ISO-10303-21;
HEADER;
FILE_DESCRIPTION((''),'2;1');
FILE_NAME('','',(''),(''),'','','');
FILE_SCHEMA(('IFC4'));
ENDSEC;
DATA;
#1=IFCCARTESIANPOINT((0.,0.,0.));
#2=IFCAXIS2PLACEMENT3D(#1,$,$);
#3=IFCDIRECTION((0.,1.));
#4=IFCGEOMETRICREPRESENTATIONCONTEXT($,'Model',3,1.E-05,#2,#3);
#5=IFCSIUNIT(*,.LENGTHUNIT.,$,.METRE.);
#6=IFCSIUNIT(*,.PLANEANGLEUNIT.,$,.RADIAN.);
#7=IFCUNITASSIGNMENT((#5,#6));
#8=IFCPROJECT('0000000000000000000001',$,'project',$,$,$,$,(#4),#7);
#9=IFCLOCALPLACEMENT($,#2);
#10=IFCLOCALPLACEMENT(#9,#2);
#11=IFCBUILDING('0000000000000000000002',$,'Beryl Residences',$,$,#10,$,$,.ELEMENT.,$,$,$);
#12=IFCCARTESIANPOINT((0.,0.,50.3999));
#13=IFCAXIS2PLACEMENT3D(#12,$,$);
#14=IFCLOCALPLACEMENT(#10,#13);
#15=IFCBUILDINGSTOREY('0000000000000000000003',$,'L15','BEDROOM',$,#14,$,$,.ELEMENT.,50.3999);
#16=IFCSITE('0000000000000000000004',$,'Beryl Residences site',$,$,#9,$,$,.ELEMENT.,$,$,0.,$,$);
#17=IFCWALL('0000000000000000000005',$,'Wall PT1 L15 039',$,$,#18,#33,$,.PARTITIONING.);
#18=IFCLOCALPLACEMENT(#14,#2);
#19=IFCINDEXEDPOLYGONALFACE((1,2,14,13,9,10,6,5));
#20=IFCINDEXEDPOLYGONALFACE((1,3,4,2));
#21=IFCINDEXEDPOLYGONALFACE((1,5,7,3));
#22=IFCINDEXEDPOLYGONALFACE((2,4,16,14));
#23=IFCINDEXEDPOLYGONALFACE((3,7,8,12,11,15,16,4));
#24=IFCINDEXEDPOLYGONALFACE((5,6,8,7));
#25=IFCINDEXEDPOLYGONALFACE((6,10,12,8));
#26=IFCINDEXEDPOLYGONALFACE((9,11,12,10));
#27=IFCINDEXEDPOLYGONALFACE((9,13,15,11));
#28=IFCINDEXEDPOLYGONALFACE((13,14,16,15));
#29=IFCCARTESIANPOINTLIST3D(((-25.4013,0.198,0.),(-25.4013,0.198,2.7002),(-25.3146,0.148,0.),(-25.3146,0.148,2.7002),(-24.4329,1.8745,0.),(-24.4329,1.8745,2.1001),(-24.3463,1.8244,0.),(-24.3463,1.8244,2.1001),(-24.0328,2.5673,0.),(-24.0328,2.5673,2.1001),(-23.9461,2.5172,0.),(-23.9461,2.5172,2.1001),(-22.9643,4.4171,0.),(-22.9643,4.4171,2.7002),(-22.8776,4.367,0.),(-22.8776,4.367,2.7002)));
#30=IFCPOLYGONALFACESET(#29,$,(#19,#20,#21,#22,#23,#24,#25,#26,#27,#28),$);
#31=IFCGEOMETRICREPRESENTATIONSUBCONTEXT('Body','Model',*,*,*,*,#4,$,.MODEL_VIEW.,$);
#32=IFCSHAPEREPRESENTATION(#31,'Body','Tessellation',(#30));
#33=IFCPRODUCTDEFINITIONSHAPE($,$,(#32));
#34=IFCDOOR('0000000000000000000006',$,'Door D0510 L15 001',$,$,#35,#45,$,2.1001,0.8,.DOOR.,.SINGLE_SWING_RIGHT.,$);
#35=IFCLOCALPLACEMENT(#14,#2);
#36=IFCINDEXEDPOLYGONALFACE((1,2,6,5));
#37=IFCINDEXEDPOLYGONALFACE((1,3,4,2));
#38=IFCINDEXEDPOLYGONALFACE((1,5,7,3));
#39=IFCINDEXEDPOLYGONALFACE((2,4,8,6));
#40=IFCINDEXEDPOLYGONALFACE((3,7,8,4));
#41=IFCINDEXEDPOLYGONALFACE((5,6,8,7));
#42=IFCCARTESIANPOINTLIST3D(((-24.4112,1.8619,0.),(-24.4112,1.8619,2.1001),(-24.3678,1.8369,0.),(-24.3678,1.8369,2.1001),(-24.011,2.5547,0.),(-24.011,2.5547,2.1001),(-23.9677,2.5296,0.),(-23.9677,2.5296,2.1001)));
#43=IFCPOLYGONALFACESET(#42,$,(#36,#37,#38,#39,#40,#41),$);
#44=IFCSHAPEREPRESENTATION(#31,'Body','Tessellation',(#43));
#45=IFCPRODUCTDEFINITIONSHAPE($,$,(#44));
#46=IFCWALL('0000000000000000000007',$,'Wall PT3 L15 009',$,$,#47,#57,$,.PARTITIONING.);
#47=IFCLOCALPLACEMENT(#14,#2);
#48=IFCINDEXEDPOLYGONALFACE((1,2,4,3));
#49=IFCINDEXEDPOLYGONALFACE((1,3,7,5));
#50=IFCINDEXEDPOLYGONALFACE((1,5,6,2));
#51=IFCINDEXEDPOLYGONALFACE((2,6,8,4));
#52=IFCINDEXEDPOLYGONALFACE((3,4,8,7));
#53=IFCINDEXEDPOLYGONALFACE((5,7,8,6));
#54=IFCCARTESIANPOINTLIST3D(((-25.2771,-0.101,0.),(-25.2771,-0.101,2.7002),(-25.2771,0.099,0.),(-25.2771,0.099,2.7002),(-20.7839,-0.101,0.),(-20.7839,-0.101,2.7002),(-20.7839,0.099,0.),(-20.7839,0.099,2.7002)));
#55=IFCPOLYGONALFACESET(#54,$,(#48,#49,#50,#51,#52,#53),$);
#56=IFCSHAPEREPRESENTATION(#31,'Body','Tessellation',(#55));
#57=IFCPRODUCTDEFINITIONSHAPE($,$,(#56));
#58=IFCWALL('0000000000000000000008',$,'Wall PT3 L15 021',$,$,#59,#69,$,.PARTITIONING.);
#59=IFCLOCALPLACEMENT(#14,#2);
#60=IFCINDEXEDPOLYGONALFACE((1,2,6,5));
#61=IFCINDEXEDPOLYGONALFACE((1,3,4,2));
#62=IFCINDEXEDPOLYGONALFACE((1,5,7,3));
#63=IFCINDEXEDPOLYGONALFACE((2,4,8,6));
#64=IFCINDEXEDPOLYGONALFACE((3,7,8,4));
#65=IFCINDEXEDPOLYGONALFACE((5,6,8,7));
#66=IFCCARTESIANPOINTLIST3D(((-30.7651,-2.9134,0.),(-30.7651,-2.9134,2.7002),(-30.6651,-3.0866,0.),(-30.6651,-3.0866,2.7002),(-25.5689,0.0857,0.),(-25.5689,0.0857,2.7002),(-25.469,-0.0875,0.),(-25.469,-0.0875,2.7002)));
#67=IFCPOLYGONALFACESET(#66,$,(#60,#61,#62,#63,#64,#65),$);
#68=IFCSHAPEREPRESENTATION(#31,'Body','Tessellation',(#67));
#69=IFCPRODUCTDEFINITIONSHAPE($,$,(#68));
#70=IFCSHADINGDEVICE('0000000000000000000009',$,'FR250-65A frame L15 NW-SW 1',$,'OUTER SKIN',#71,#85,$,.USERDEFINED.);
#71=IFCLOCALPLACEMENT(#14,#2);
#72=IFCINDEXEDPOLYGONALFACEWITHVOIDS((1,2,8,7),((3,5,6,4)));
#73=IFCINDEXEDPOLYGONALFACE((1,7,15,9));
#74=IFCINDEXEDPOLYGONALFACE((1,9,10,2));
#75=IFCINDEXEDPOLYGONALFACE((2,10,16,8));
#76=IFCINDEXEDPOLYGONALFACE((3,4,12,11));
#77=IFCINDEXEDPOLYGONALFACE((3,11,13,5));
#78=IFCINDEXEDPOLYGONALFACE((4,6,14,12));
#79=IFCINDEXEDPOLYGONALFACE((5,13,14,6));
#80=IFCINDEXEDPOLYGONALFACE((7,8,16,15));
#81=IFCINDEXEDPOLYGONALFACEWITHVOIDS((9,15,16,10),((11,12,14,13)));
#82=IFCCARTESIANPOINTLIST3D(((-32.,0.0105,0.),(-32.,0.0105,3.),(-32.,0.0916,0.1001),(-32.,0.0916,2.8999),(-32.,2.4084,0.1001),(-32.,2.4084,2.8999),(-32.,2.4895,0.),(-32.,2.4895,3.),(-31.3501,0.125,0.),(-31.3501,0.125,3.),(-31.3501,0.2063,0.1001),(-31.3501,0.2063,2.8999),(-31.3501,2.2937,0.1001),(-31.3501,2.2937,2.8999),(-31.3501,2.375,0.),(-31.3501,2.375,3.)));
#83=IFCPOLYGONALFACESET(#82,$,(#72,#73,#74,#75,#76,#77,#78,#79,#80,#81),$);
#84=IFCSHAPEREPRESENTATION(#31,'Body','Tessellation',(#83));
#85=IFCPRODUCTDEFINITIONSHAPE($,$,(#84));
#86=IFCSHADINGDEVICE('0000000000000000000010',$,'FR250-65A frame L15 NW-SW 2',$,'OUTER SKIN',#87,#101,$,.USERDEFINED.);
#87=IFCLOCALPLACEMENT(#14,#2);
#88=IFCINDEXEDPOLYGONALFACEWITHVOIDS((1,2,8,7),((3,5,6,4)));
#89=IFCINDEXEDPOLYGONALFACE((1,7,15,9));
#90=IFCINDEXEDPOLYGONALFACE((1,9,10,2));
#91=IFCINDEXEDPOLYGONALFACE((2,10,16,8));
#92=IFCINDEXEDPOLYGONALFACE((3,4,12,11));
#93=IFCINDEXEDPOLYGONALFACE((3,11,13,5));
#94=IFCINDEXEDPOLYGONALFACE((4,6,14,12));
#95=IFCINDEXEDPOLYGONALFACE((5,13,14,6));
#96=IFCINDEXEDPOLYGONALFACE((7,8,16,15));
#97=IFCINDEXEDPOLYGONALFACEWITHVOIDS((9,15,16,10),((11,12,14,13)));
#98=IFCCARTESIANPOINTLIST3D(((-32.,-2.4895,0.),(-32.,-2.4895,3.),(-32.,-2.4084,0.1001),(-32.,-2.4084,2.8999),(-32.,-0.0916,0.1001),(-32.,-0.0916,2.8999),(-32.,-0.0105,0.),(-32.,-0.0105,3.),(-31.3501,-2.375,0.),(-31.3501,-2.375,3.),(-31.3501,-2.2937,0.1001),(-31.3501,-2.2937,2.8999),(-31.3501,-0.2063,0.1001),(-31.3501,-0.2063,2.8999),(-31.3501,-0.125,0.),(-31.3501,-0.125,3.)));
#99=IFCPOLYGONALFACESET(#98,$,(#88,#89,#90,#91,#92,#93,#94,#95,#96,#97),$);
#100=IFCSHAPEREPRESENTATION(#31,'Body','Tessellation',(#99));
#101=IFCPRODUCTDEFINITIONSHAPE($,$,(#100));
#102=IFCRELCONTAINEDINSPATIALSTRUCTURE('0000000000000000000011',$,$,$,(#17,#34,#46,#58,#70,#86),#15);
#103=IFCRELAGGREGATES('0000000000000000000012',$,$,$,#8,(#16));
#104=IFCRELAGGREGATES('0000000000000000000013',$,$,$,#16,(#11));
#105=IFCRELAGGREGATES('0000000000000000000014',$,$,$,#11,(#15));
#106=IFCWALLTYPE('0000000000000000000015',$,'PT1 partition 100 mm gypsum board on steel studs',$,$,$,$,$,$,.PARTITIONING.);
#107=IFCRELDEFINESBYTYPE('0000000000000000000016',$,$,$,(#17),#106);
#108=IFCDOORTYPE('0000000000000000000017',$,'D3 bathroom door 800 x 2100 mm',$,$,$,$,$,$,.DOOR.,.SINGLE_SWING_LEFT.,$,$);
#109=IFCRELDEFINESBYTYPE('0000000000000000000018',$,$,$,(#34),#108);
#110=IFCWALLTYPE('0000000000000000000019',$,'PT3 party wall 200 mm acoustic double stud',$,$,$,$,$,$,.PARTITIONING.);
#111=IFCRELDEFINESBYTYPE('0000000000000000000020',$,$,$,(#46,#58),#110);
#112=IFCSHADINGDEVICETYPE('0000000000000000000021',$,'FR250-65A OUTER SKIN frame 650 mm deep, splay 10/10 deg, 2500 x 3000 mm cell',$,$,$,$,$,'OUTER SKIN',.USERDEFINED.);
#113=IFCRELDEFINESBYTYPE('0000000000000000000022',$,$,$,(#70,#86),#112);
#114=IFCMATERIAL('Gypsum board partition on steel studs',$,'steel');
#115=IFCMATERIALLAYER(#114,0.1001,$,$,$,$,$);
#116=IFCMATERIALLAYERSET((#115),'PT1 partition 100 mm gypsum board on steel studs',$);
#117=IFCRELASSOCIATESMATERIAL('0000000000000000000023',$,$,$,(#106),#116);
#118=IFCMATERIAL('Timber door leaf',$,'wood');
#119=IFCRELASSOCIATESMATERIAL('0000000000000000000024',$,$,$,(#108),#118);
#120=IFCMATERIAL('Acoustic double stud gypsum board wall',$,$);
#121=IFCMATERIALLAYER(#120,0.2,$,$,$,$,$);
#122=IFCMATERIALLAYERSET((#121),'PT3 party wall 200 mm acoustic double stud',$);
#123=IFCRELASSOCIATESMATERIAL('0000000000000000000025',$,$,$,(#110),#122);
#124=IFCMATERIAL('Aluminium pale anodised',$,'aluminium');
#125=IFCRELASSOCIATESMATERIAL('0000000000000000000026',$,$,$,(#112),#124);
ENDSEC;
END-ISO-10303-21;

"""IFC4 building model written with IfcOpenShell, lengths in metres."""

from ifc_helpers import new_model, entity, si_unit, direction, frame, frame_2d, origin, place, context, subcontext, project, spatial, rectangle, extrude, source, transform, mapped, material, layer, layer_set, type_object, type_shapes, element, fill, save


model = new_model("IFC4")

# Units and contexts
model_context = context("Model", 3, precision=1e-05, world=origin(), true_north=direction((0.0, 1.0)))
body_context = subcontext(model_context, "Body", "Model", "MODEL_VIEW")
ifc_project = project(units=[si_unit("LENGTHUNIT", "METRE"), si_unit("PLANEANGLEUNIT", "RADIAN")], contexts=[model_context])

# Site, building, storey
site_placement = place(None, origin())
site = spatial("IfcSite", under=ifc_project, at=site_placement, Name="Beryl Residences site", CompositionType="ELEMENT", RefElevation=0.0)
building_placement = place(site_placement, origin())
building = spatial("IfcBuilding", under=site, at=building_placement, Name="Beryl Residences", CompositionType="ELEMENT")
storey_placement = place(building_placement, frame((0.0, 0.0, 50.3999)))
storey = spatial("IfcBuildingStorey", under=building, at=storey_placement, Name="L15", Description="BEDROOM", CompositionType="ELEMENT", Elevation=50.3999)

# Wall, opening, door
ifc_material_1 = material(Name="Gypsum board partition on steel studs", Category="steel")
ifc_layer_1 = layer(ifc_material_1, 0.1001)
ifc_layer_set_1 = layer_set([ifc_layer_1], Name="PT1 partition 100 mm gypsum board on steel studs")
wall_type_1 = type_object("IfcWallType", Name="PT1 partition 100 mm gypsum board on steel studs", PredefinedType="PARTITIONING", material=ifc_layer_set_1)
ifc_material_2 = material(Name="Timber door leaf", Category="wood")
door_type = type_object("IfcDoorType", Name="D3 bathroom door 800 x 2100 mm", OperationType="SINGLE_SWING_LEFT", PredefinedType="DOOR", material=ifc_material_2)
wall_1_placement = place(storey_placement, frame((-25.3579, 0.1731, 0.0), z_axis=(0.0, 0.0, 1.0), x_axis=(0.500181, 0.865921, 0.0)))
wall_1 = element("IfcWall", 1, at=wall_1_placement, inside=storey, type_object=wall_type_1, Name="Wall PT1 L15 039", PredefinedType="PARTITIONING", context=body_context, shape_type="SweptSolid", body=[
    extrude(rectangle(XDim=4.8723, YDim=0.1001, at=frame_2d((2.436, 0.0))), origin(), (0.0, 0.0, 1.0), 2.7002),
])
opening_1_placement = place(wall_1_placement, frame((1.936, 0.0, 0.0)))
opening_1 = element("IfcOpeningElement", 2, at=opening_1_placement, cuts=wall_1, PredefinedType="OPENING", context=body_context, shape_type="SweptSolid", body=[
    extrude(rectangle(XDim=0.8, YDim=2.1001, at=frame_2d((0.3999, 1.05))), frame((0.0, 0.0601, 0.0), z_axis=(0.0, -1.0, 0.0), x_axis=(1.0, 0.0, 0.0)), (0.0, 0.0, 1.0), 0.1201),
])
door_1_placement = place(opening_1_placement, origin())
door_1 = element("IfcDoor", 3, at=door_1_placement, inside=storey, type_object=door_type, Name="Door D0510 L15 001", OperationType="SINGLE_SWING_RIGHT", OverallHeight=2.1001, OverallWidth=0.8, PredefinedType="DOOR", context=body_context, shape_type="SweptSolid", body=[
    extrude(rectangle(XDim=0.8, YDim=2.1001, at=frame_2d((0.3999, 1.05))), frame((0.0, 0.0249, 0.0), z_axis=(0.0, -1.0, 0.0), x_axis=(1.0, 0.0, 0.0)), (0.0, 0.0, 1.0), 0.05),
])
fill(opening_1, door_1)

# Walls
ifc_material_3 = material(Name="Acoustic double stud gypsum board wall")
ifc_layer_2 = layer(ifc_material_3, 0.2)
ifc_layer_set_2 = layer_set([ifc_layer_2], Name="PT3 party wall 200 mm acoustic double stud")
wall_type_2 = type_object("IfcWallType", Name="PT3 party wall 200 mm acoustic double stud", PredefinedType="PARTITIONING", material=ifc_layer_set_2)
wall_2_placement = place(storey_placement, frame((-25.2771, -0.001, 0.0), z_axis=(0.0, 0.0, 1.0), x_axis=(1.0, 0.0, 0.0)))
element("IfcWall", 4, at=wall_2_placement, inside=storey, type_object=wall_type_2, Name="Wall PT3 L15 009", PredefinedType="PARTITIONING", context=body_context, shape_type="SweptSolid", body=[
    extrude(rectangle(XDim=4.4932, YDim=0.2, at=frame_2d((2.2466, 0.0))), origin(), (0.0, 0.0, 1.0), 2.7002),
])
wall_3_placement = place(storey_placement, frame((-30.7151, -3.0, 0.0), z_axis=(0.0, 0.0, 1.0), x_axis=(0.866091, 0.499886, 0.0)))
element("IfcWall", 5, at=wall_3_placement, inside=storey, type_object=wall_type_2, Name="Wall PT3 L15 021", PredefinedType="PARTITIONING", context=body_context, shape_type="SweptSolid", body=[
    extrude(rectangle(XDim=5.9995, YDim=0.2, at=frame_2d((2.9998, 0.0))), origin(), (0.0, 0.0, 1.0), 2.7002),
])

# Shading devices
ifc_material_4 = material(Name="Aluminium pale anodised", Category="aluminium")
shading_device_type = type_object("IfcShadingDeviceType", Name="FR250-65A OUTER SKIN frame 650 mm deep, splay 10/10 deg, 2500 x 3000 mm cell", ElementType="OUTER SKIN", PredefinedType="USERDEFINED", material=ifc_material_4)
cartesian_point_1 = entity("IfcCartesianPoint", [-1.125, 0.0])
cartesian_point_2 = entity("IfcCartesianPoint", [-1.0437, 0.1001])
cartesian_point_3 = entity("IfcCartesianPoint", [-1.2395, 0.0])
cartesian_point_4 = entity("IfcCartesianPoint", [-1.1584, 0.1001])
shared_shape = source(origin(), body_context, "Body", "SweptSolid", [
    entity("IfcExtrudedAreaSolidTapered", entity("IfcArbitraryProfileDefWithVoids", "AREA", None, entity("IfcPolyline", [cartesian_point_1, entity("IfcCartesianPoint", [1.125, 0.0]), entity("IfcCartesianPoint", [1.125, 3.0]), entity("IfcCartesianPoint", [-1.125, 3.0]), cartesian_point_1]), [entity("IfcPolyline", [cartesian_point_2, entity("IfcCartesianPoint", [1.0437, 0.1001]), entity("IfcCartesianPoint", [1.0437, 2.8999]), entity("IfcCartesianPoint", [-1.0437, 2.8999]), cartesian_point_2])]), entity("IfcAxis2Placement3D", entity("IfcCartesianPoint", [0.0, 0.0, 0.0]), entity("IfcDirection", [0.0, 1.0, 0.0]), entity("IfcDirection", [-1.0, 0.0, 0.0])), entity("IfcDirection", [0.0, 0.0, 1.0]), 0.6499, entity("IfcArbitraryProfileDefWithVoids", "AREA", None, entity("IfcPolyline", [cartesian_point_3, entity("IfcCartesianPoint", [1.2395, 0.0]), entity("IfcCartesianPoint", [1.2395, 3.0]), entity("IfcCartesianPoint", [-1.2395, 3.0]), cartesian_point_3]), [entity("IfcPolyline", [cartesian_point_4, entity("IfcCartesianPoint", [1.1584, 0.1001]), entity("IfcCartesianPoint", [1.1584, 2.8999]), entity("IfcCartesianPoint", [-1.1584, 2.8999]), cartesian_point_4])])),
])
type_shapes(shading_device_type, [shared_shape])
for number, where, z_axis, x_axis, name in (
    (6, (-31.3501, 1.25, 0.0), (0.0, 0.0, 1.0), (0.0, 1.0, 0.0), "FR250-65A frame L15 NW-SW 1"),
    (7, (-31.3501, -1.25, 0.0), (0.0, 0.0, 1.0), (0.0, 1.0, 0.0), "FR250-65A frame L15 NW-SW 2"),
):
    element("IfcShadingDevice", number, at=place(storey_placement, frame(where, z_axis=z_axis, x_axis=x_axis)), inside=storey, type_object=shading_device_type, Name=name, ObjectType="OUTER SKIN", PredefinedType="USERDEFINED", context=body_context, shape_type="MappedRepresentation", body=[
        mapped(shared_shape, transform((0.0, 0.0, 0.0))),
    ])

save(model, "model.ifc")
